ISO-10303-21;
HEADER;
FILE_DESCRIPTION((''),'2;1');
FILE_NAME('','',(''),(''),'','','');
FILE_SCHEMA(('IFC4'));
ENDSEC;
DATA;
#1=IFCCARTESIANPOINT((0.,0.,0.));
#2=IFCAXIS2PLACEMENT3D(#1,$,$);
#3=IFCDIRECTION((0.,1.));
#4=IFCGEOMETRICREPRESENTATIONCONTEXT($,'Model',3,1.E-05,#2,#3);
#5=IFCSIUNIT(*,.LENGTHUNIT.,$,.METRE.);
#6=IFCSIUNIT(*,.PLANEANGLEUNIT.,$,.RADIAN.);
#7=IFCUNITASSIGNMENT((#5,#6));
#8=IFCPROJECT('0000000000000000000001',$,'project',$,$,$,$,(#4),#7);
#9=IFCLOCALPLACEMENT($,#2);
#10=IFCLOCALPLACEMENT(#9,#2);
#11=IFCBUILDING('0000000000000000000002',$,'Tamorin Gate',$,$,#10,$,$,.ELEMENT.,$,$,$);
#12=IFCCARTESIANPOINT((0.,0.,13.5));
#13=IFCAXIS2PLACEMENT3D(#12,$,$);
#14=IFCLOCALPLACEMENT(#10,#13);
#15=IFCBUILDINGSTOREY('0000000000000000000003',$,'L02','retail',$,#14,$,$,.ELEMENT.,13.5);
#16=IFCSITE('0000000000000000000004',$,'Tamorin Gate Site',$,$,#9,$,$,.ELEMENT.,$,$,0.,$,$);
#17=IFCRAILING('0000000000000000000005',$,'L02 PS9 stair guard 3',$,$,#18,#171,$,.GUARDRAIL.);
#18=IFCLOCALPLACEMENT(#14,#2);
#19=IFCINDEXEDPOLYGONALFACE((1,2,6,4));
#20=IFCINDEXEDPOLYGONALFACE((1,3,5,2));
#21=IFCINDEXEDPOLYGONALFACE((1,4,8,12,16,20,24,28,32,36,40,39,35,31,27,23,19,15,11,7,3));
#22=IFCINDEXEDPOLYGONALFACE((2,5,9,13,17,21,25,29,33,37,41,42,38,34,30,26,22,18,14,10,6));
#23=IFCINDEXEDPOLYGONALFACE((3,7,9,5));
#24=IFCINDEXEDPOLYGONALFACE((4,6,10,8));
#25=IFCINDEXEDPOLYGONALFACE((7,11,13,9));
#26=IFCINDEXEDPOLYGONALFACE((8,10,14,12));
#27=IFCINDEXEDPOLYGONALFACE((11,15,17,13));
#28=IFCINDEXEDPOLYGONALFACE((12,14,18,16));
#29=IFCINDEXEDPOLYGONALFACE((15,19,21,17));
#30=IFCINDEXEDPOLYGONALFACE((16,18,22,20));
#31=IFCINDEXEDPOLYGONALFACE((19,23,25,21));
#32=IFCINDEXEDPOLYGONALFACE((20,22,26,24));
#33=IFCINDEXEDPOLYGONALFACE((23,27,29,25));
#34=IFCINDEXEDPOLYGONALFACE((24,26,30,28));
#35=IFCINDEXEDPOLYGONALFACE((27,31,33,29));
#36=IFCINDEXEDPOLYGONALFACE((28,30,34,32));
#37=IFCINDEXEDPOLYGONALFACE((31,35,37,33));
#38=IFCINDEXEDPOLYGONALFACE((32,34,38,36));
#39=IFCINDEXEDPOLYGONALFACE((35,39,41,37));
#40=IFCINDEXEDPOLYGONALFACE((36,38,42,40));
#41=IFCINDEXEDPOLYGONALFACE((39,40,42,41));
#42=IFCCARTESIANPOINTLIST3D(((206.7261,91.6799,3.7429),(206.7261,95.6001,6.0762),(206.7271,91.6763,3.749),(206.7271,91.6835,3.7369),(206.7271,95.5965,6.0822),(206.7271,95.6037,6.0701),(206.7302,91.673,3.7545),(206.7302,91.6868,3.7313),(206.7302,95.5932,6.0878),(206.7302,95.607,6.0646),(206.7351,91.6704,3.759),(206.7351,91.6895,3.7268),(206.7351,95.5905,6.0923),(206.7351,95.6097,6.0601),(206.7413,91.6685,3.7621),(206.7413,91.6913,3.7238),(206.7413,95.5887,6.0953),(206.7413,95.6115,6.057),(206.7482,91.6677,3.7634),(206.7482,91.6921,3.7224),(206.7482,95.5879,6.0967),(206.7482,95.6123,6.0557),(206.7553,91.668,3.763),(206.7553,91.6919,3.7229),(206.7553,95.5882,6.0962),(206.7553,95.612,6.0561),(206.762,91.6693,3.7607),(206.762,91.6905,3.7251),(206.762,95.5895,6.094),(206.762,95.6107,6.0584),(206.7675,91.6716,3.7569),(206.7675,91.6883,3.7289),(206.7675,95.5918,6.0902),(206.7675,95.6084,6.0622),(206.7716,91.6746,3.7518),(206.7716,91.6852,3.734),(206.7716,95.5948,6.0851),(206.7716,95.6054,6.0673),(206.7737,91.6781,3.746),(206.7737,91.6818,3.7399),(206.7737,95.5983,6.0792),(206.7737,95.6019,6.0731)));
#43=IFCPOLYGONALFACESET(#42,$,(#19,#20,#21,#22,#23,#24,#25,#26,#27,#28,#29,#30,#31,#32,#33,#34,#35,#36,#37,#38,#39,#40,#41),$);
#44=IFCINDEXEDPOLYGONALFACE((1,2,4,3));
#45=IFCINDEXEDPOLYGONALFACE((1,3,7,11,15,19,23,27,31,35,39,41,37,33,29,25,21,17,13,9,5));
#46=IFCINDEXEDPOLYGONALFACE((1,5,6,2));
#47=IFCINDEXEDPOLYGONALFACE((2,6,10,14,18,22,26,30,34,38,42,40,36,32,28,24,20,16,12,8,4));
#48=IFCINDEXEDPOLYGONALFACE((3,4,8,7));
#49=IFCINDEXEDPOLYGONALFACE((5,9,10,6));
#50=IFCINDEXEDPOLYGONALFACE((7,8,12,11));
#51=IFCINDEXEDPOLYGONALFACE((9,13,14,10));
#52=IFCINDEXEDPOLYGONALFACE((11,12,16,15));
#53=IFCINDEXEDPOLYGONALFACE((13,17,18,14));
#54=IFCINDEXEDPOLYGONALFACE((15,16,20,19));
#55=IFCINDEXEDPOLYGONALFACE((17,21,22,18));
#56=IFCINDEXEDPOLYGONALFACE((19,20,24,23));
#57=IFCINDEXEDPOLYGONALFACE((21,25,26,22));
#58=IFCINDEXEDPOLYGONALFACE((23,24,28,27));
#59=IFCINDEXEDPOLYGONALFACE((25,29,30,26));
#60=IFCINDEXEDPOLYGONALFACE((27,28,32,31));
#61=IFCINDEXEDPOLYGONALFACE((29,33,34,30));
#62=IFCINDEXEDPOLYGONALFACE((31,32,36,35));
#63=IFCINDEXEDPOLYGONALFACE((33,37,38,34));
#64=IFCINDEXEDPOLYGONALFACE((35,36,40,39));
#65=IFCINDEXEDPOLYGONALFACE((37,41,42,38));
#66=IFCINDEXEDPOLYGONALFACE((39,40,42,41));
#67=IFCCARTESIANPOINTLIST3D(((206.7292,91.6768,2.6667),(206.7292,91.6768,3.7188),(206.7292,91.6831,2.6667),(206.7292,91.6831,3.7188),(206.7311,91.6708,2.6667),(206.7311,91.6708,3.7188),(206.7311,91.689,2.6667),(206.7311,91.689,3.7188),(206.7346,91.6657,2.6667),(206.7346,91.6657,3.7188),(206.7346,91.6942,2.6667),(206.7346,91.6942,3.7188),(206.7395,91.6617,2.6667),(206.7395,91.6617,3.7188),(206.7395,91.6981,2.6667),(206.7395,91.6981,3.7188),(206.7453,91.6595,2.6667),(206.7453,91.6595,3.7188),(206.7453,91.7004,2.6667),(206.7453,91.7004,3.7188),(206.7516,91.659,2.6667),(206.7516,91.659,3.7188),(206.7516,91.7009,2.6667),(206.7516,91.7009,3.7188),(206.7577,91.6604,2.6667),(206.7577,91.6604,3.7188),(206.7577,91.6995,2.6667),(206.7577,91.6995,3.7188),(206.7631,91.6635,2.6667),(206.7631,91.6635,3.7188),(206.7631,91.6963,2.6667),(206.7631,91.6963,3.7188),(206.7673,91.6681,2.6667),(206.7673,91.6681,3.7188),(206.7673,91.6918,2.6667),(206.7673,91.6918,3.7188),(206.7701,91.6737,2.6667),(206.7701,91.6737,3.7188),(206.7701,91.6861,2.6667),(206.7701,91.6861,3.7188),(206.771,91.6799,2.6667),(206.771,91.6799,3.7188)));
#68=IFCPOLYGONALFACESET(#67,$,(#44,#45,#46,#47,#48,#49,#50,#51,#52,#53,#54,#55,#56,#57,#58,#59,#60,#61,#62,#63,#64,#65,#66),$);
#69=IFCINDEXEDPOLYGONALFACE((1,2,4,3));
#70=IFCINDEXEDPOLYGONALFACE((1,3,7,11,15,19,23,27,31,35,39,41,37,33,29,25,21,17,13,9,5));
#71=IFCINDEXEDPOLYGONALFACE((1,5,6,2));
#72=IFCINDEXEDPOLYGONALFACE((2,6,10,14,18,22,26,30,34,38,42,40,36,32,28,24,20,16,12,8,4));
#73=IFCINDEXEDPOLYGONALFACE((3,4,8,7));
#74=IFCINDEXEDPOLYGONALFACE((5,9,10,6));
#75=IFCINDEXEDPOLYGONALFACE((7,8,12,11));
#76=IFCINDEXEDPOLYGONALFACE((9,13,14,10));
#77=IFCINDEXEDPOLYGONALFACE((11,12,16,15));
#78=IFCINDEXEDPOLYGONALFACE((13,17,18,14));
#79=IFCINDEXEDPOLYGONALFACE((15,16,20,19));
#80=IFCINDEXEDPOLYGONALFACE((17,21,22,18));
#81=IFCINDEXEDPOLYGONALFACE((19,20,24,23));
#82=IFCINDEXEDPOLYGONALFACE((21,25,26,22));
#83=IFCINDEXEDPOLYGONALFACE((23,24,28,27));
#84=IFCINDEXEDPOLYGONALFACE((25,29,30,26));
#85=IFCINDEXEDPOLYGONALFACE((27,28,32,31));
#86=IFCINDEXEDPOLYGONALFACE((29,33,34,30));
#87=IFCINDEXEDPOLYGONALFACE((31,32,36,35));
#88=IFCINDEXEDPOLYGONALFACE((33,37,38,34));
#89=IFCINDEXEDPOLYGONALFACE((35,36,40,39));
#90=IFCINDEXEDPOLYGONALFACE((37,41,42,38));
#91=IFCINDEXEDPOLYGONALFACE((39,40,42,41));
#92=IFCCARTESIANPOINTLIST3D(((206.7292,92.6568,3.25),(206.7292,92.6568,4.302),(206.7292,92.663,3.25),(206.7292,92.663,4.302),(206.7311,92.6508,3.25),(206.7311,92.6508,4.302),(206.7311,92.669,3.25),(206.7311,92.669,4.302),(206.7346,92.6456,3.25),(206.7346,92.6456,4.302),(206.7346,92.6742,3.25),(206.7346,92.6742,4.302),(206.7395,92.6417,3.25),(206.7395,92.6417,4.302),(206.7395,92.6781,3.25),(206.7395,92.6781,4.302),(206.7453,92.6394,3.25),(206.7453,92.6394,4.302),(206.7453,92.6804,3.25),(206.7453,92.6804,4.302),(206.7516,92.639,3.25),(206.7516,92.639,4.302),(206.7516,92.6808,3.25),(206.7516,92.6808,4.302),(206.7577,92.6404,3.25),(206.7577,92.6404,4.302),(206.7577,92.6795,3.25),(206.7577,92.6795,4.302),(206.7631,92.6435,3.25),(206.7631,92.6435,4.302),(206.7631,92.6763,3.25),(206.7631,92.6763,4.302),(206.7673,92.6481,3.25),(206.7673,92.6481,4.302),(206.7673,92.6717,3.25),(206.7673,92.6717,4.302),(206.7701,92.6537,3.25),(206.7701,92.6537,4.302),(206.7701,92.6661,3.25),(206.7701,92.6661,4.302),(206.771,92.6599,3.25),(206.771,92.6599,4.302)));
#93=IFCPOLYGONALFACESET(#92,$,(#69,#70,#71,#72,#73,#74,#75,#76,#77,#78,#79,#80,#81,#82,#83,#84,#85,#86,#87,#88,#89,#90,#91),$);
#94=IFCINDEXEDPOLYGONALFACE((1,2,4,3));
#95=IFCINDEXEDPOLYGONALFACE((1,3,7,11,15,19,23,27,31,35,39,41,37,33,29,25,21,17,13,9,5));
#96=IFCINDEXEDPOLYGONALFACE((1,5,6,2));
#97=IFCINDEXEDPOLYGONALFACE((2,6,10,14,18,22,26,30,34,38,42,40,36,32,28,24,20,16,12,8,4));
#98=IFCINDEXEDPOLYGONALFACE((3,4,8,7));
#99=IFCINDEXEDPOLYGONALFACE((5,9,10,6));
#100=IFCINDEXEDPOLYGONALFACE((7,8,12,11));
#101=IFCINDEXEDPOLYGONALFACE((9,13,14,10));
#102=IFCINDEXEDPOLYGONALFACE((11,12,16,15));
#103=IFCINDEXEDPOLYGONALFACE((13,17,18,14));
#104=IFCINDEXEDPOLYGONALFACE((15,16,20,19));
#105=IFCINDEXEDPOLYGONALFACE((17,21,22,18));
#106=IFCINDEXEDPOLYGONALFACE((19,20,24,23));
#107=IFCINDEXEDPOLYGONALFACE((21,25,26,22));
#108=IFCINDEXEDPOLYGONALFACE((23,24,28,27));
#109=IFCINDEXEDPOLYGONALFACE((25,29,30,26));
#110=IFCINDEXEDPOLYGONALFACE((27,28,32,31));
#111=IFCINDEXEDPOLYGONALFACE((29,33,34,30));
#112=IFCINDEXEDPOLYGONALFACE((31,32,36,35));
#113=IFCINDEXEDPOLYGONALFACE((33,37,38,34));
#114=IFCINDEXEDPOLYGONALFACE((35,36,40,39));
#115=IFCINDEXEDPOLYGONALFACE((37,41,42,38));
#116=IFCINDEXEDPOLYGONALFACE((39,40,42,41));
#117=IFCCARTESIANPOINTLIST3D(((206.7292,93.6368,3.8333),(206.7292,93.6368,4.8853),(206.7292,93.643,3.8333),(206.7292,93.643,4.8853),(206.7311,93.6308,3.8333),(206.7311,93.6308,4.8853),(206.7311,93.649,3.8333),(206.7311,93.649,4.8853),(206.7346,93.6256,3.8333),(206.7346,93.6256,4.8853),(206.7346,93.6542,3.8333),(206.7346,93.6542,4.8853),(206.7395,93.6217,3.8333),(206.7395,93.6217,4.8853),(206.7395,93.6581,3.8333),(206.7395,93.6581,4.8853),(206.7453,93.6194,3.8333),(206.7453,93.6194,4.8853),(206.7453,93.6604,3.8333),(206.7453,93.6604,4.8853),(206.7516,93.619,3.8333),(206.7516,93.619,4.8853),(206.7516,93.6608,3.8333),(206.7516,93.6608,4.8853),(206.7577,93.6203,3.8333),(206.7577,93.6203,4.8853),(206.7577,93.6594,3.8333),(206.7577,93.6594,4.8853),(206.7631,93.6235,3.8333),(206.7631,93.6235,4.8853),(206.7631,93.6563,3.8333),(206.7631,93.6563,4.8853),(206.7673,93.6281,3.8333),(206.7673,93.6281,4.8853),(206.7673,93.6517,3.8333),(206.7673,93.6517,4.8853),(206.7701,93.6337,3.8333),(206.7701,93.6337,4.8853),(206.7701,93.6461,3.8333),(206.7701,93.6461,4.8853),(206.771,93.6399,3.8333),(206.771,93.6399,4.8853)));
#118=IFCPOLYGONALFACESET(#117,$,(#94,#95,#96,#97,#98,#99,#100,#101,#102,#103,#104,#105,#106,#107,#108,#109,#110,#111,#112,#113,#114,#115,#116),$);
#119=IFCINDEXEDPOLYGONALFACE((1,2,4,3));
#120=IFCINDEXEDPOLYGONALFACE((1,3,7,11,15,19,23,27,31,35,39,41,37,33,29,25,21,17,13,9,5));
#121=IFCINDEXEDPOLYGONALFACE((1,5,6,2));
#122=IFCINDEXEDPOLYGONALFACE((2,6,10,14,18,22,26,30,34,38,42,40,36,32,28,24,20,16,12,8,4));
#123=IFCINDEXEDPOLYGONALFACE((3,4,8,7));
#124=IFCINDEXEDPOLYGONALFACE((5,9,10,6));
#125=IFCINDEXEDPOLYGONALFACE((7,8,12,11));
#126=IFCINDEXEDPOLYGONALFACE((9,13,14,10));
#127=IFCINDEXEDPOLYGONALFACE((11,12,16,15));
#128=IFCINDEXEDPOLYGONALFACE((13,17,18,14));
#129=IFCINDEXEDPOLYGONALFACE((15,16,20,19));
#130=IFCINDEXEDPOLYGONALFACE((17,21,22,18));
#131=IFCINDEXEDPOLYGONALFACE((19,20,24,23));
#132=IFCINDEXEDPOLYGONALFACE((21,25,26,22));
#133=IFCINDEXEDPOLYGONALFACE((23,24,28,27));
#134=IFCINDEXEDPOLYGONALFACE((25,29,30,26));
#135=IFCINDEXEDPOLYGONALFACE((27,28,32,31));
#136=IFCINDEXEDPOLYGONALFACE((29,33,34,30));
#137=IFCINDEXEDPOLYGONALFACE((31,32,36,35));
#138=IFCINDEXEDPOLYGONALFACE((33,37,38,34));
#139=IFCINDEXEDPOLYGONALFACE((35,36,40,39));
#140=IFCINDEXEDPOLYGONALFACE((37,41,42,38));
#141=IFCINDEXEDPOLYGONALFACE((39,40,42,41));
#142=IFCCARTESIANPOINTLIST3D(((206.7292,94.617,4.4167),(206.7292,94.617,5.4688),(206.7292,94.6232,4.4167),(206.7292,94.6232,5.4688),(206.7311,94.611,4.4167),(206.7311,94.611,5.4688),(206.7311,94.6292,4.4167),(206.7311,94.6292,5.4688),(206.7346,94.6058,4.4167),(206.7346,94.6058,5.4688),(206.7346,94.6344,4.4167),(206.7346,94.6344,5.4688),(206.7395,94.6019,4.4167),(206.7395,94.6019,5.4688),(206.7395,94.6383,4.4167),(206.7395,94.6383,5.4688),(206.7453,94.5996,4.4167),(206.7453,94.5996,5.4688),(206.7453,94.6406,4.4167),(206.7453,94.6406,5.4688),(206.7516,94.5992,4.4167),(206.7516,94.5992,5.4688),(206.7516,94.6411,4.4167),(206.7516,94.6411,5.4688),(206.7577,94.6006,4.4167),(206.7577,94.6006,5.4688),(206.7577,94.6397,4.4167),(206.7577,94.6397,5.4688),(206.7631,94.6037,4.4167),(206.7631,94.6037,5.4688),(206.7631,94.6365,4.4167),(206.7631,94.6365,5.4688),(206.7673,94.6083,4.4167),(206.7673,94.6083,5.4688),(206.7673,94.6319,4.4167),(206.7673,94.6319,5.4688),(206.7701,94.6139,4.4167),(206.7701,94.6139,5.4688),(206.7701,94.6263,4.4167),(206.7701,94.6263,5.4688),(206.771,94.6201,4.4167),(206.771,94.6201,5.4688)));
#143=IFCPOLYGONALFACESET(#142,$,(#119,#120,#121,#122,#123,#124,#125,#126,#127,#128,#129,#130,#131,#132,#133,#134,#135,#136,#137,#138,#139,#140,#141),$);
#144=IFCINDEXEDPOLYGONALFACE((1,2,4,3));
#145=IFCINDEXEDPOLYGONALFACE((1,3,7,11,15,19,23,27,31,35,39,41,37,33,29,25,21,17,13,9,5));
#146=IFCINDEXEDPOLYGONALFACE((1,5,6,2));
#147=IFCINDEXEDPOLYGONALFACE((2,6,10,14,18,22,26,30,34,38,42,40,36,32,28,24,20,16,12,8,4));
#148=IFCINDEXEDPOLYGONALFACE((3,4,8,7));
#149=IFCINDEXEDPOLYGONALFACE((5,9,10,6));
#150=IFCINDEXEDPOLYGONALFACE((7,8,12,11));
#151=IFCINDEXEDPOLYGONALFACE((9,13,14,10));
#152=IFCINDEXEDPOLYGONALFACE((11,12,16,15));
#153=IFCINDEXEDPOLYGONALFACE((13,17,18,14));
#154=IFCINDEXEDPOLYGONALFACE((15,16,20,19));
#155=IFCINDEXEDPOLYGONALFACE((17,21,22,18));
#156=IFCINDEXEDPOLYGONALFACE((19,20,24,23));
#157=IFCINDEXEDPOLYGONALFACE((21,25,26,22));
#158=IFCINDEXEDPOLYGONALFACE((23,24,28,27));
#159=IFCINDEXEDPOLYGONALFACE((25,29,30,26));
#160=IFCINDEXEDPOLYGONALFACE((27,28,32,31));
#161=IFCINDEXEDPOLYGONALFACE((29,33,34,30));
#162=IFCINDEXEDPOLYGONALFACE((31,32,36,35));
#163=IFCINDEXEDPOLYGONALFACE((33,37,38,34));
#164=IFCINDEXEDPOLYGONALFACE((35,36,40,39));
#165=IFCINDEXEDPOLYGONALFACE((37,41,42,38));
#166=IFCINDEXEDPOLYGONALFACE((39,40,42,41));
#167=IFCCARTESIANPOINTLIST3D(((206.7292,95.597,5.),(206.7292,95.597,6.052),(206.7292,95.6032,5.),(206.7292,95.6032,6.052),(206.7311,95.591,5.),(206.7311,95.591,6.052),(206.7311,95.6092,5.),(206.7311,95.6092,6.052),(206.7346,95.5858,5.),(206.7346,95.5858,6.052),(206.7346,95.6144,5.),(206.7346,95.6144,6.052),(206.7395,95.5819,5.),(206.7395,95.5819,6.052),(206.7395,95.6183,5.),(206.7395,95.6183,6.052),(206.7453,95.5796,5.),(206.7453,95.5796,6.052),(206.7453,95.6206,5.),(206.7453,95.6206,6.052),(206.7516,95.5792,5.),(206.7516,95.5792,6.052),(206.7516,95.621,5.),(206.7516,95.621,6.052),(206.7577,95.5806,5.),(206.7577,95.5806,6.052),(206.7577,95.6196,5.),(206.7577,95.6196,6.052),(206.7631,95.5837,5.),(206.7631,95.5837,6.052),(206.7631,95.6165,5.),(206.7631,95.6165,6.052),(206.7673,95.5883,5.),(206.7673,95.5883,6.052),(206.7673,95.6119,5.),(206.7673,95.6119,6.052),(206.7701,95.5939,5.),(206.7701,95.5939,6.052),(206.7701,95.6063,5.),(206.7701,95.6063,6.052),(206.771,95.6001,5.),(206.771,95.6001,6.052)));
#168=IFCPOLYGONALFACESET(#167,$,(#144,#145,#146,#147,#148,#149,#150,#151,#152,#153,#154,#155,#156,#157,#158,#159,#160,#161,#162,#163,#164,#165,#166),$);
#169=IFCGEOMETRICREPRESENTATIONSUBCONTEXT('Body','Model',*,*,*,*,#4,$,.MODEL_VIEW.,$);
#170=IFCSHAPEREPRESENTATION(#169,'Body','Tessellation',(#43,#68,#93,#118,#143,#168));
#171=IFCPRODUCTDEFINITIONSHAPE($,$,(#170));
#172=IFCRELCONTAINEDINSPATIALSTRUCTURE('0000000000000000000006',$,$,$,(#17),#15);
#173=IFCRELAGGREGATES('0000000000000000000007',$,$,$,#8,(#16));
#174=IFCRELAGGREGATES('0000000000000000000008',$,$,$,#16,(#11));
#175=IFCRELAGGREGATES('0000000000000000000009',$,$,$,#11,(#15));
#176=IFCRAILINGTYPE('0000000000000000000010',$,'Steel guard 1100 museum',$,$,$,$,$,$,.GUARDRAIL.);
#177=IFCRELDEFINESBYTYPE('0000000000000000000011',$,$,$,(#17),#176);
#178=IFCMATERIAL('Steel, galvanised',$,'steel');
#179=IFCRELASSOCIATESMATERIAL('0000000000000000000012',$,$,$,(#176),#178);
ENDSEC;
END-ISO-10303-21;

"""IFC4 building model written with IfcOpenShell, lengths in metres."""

from ifc_helpers import new_model, si_unit, direction, frame, origin, origin_2d, place, context, subcontext, project, spatial, circle, extrude, material, type_object, element, save


model = new_model("IFC4")

# Units and contexts
model_context = context("Model", 3, precision=1e-05, world=origin(), true_north=direction((0.0, 1.0)))
body_context = subcontext(model_context, "Body", "Model", "MODEL_VIEW")
ifc_project = project(units=[si_unit("LENGTHUNIT", "METRE"), si_unit("PLANEANGLEUNIT", "RADIAN")], contexts=[model_context])

# Site, building, storey
site_placement = place(None, origin())
site = spatial("IfcSite", under=ifc_project, at=site_placement, Name="Tamorin Gate Site", CompositionType="ELEMENT", RefElevation=0.0)
building_placement = place(site_placement, origin())
building = spatial("IfcBuilding", under=site, at=building_placement, Name="Tamorin Gate", CompositionType="ELEMENT")
storey_placement = place(building_placement, frame((0.0, 0.0, 13.5)))
storey = spatial("IfcBuildingStorey", under=building, at=storey_placement, Name="L02", Description="retail", CompositionType="ELEMENT", Elevation=13.5)

# Railing
ifc_material_1 = material(Name="Steel, galvanised", Category="steel")
railing_type_1 = type_object("IfcRailingType", Name="Steel guard 1100 museum", PredefinedType="GUARDRAIL", material=ifc_material_1)
railing_1_placement = place(storey_placement, frame((206.75, 91.6799, 2.6667)))
element("IfcRailing", 1, at=railing_1_placement, inside=storey, type_object=railing_type_1, Name="L02 PS9 stair guard 3", PredefinedType="GUARDRAIL", context=body_context, shape_type="SweptSolid", body=[
    extrude(circle(Radius=0.0239, at=origin_2d()), frame((0.0, 0.0, 1.0762), z_axis=(0.0, 0.85931, 0.511455), x_axis=(-1.0, 0.0, 0.0)), (0.0, 0.0, 1.0), 4.562),
    extrude(circle(Radius=0.021, at=origin_2d()), origin(), (0.0, 0.0, 1.0), 1.052),
    extrude(circle(Radius=0.021, at=origin_2d()), frame((0.0, 0.98, 0.5833)), (0.0, 0.0, 1.0), 1.052),
    extrude(circle(Radius=0.021, at=origin_2d()), frame((0.0, 1.96, 1.1665)), (0.0, 0.0, 1.0), 1.052),
    extrude(circle(Radius=0.021, at=origin_2d()), frame((0.0, 2.9402, 1.75)), (0.0, 0.0, 1.0), 1.052),
    extrude(circle(Radius=0.021, at=origin_2d()), frame((0.0, 3.9202, 2.3333)), (0.0, 0.0, 1.0), 1.052),
])

save(model, "model.ifc")
